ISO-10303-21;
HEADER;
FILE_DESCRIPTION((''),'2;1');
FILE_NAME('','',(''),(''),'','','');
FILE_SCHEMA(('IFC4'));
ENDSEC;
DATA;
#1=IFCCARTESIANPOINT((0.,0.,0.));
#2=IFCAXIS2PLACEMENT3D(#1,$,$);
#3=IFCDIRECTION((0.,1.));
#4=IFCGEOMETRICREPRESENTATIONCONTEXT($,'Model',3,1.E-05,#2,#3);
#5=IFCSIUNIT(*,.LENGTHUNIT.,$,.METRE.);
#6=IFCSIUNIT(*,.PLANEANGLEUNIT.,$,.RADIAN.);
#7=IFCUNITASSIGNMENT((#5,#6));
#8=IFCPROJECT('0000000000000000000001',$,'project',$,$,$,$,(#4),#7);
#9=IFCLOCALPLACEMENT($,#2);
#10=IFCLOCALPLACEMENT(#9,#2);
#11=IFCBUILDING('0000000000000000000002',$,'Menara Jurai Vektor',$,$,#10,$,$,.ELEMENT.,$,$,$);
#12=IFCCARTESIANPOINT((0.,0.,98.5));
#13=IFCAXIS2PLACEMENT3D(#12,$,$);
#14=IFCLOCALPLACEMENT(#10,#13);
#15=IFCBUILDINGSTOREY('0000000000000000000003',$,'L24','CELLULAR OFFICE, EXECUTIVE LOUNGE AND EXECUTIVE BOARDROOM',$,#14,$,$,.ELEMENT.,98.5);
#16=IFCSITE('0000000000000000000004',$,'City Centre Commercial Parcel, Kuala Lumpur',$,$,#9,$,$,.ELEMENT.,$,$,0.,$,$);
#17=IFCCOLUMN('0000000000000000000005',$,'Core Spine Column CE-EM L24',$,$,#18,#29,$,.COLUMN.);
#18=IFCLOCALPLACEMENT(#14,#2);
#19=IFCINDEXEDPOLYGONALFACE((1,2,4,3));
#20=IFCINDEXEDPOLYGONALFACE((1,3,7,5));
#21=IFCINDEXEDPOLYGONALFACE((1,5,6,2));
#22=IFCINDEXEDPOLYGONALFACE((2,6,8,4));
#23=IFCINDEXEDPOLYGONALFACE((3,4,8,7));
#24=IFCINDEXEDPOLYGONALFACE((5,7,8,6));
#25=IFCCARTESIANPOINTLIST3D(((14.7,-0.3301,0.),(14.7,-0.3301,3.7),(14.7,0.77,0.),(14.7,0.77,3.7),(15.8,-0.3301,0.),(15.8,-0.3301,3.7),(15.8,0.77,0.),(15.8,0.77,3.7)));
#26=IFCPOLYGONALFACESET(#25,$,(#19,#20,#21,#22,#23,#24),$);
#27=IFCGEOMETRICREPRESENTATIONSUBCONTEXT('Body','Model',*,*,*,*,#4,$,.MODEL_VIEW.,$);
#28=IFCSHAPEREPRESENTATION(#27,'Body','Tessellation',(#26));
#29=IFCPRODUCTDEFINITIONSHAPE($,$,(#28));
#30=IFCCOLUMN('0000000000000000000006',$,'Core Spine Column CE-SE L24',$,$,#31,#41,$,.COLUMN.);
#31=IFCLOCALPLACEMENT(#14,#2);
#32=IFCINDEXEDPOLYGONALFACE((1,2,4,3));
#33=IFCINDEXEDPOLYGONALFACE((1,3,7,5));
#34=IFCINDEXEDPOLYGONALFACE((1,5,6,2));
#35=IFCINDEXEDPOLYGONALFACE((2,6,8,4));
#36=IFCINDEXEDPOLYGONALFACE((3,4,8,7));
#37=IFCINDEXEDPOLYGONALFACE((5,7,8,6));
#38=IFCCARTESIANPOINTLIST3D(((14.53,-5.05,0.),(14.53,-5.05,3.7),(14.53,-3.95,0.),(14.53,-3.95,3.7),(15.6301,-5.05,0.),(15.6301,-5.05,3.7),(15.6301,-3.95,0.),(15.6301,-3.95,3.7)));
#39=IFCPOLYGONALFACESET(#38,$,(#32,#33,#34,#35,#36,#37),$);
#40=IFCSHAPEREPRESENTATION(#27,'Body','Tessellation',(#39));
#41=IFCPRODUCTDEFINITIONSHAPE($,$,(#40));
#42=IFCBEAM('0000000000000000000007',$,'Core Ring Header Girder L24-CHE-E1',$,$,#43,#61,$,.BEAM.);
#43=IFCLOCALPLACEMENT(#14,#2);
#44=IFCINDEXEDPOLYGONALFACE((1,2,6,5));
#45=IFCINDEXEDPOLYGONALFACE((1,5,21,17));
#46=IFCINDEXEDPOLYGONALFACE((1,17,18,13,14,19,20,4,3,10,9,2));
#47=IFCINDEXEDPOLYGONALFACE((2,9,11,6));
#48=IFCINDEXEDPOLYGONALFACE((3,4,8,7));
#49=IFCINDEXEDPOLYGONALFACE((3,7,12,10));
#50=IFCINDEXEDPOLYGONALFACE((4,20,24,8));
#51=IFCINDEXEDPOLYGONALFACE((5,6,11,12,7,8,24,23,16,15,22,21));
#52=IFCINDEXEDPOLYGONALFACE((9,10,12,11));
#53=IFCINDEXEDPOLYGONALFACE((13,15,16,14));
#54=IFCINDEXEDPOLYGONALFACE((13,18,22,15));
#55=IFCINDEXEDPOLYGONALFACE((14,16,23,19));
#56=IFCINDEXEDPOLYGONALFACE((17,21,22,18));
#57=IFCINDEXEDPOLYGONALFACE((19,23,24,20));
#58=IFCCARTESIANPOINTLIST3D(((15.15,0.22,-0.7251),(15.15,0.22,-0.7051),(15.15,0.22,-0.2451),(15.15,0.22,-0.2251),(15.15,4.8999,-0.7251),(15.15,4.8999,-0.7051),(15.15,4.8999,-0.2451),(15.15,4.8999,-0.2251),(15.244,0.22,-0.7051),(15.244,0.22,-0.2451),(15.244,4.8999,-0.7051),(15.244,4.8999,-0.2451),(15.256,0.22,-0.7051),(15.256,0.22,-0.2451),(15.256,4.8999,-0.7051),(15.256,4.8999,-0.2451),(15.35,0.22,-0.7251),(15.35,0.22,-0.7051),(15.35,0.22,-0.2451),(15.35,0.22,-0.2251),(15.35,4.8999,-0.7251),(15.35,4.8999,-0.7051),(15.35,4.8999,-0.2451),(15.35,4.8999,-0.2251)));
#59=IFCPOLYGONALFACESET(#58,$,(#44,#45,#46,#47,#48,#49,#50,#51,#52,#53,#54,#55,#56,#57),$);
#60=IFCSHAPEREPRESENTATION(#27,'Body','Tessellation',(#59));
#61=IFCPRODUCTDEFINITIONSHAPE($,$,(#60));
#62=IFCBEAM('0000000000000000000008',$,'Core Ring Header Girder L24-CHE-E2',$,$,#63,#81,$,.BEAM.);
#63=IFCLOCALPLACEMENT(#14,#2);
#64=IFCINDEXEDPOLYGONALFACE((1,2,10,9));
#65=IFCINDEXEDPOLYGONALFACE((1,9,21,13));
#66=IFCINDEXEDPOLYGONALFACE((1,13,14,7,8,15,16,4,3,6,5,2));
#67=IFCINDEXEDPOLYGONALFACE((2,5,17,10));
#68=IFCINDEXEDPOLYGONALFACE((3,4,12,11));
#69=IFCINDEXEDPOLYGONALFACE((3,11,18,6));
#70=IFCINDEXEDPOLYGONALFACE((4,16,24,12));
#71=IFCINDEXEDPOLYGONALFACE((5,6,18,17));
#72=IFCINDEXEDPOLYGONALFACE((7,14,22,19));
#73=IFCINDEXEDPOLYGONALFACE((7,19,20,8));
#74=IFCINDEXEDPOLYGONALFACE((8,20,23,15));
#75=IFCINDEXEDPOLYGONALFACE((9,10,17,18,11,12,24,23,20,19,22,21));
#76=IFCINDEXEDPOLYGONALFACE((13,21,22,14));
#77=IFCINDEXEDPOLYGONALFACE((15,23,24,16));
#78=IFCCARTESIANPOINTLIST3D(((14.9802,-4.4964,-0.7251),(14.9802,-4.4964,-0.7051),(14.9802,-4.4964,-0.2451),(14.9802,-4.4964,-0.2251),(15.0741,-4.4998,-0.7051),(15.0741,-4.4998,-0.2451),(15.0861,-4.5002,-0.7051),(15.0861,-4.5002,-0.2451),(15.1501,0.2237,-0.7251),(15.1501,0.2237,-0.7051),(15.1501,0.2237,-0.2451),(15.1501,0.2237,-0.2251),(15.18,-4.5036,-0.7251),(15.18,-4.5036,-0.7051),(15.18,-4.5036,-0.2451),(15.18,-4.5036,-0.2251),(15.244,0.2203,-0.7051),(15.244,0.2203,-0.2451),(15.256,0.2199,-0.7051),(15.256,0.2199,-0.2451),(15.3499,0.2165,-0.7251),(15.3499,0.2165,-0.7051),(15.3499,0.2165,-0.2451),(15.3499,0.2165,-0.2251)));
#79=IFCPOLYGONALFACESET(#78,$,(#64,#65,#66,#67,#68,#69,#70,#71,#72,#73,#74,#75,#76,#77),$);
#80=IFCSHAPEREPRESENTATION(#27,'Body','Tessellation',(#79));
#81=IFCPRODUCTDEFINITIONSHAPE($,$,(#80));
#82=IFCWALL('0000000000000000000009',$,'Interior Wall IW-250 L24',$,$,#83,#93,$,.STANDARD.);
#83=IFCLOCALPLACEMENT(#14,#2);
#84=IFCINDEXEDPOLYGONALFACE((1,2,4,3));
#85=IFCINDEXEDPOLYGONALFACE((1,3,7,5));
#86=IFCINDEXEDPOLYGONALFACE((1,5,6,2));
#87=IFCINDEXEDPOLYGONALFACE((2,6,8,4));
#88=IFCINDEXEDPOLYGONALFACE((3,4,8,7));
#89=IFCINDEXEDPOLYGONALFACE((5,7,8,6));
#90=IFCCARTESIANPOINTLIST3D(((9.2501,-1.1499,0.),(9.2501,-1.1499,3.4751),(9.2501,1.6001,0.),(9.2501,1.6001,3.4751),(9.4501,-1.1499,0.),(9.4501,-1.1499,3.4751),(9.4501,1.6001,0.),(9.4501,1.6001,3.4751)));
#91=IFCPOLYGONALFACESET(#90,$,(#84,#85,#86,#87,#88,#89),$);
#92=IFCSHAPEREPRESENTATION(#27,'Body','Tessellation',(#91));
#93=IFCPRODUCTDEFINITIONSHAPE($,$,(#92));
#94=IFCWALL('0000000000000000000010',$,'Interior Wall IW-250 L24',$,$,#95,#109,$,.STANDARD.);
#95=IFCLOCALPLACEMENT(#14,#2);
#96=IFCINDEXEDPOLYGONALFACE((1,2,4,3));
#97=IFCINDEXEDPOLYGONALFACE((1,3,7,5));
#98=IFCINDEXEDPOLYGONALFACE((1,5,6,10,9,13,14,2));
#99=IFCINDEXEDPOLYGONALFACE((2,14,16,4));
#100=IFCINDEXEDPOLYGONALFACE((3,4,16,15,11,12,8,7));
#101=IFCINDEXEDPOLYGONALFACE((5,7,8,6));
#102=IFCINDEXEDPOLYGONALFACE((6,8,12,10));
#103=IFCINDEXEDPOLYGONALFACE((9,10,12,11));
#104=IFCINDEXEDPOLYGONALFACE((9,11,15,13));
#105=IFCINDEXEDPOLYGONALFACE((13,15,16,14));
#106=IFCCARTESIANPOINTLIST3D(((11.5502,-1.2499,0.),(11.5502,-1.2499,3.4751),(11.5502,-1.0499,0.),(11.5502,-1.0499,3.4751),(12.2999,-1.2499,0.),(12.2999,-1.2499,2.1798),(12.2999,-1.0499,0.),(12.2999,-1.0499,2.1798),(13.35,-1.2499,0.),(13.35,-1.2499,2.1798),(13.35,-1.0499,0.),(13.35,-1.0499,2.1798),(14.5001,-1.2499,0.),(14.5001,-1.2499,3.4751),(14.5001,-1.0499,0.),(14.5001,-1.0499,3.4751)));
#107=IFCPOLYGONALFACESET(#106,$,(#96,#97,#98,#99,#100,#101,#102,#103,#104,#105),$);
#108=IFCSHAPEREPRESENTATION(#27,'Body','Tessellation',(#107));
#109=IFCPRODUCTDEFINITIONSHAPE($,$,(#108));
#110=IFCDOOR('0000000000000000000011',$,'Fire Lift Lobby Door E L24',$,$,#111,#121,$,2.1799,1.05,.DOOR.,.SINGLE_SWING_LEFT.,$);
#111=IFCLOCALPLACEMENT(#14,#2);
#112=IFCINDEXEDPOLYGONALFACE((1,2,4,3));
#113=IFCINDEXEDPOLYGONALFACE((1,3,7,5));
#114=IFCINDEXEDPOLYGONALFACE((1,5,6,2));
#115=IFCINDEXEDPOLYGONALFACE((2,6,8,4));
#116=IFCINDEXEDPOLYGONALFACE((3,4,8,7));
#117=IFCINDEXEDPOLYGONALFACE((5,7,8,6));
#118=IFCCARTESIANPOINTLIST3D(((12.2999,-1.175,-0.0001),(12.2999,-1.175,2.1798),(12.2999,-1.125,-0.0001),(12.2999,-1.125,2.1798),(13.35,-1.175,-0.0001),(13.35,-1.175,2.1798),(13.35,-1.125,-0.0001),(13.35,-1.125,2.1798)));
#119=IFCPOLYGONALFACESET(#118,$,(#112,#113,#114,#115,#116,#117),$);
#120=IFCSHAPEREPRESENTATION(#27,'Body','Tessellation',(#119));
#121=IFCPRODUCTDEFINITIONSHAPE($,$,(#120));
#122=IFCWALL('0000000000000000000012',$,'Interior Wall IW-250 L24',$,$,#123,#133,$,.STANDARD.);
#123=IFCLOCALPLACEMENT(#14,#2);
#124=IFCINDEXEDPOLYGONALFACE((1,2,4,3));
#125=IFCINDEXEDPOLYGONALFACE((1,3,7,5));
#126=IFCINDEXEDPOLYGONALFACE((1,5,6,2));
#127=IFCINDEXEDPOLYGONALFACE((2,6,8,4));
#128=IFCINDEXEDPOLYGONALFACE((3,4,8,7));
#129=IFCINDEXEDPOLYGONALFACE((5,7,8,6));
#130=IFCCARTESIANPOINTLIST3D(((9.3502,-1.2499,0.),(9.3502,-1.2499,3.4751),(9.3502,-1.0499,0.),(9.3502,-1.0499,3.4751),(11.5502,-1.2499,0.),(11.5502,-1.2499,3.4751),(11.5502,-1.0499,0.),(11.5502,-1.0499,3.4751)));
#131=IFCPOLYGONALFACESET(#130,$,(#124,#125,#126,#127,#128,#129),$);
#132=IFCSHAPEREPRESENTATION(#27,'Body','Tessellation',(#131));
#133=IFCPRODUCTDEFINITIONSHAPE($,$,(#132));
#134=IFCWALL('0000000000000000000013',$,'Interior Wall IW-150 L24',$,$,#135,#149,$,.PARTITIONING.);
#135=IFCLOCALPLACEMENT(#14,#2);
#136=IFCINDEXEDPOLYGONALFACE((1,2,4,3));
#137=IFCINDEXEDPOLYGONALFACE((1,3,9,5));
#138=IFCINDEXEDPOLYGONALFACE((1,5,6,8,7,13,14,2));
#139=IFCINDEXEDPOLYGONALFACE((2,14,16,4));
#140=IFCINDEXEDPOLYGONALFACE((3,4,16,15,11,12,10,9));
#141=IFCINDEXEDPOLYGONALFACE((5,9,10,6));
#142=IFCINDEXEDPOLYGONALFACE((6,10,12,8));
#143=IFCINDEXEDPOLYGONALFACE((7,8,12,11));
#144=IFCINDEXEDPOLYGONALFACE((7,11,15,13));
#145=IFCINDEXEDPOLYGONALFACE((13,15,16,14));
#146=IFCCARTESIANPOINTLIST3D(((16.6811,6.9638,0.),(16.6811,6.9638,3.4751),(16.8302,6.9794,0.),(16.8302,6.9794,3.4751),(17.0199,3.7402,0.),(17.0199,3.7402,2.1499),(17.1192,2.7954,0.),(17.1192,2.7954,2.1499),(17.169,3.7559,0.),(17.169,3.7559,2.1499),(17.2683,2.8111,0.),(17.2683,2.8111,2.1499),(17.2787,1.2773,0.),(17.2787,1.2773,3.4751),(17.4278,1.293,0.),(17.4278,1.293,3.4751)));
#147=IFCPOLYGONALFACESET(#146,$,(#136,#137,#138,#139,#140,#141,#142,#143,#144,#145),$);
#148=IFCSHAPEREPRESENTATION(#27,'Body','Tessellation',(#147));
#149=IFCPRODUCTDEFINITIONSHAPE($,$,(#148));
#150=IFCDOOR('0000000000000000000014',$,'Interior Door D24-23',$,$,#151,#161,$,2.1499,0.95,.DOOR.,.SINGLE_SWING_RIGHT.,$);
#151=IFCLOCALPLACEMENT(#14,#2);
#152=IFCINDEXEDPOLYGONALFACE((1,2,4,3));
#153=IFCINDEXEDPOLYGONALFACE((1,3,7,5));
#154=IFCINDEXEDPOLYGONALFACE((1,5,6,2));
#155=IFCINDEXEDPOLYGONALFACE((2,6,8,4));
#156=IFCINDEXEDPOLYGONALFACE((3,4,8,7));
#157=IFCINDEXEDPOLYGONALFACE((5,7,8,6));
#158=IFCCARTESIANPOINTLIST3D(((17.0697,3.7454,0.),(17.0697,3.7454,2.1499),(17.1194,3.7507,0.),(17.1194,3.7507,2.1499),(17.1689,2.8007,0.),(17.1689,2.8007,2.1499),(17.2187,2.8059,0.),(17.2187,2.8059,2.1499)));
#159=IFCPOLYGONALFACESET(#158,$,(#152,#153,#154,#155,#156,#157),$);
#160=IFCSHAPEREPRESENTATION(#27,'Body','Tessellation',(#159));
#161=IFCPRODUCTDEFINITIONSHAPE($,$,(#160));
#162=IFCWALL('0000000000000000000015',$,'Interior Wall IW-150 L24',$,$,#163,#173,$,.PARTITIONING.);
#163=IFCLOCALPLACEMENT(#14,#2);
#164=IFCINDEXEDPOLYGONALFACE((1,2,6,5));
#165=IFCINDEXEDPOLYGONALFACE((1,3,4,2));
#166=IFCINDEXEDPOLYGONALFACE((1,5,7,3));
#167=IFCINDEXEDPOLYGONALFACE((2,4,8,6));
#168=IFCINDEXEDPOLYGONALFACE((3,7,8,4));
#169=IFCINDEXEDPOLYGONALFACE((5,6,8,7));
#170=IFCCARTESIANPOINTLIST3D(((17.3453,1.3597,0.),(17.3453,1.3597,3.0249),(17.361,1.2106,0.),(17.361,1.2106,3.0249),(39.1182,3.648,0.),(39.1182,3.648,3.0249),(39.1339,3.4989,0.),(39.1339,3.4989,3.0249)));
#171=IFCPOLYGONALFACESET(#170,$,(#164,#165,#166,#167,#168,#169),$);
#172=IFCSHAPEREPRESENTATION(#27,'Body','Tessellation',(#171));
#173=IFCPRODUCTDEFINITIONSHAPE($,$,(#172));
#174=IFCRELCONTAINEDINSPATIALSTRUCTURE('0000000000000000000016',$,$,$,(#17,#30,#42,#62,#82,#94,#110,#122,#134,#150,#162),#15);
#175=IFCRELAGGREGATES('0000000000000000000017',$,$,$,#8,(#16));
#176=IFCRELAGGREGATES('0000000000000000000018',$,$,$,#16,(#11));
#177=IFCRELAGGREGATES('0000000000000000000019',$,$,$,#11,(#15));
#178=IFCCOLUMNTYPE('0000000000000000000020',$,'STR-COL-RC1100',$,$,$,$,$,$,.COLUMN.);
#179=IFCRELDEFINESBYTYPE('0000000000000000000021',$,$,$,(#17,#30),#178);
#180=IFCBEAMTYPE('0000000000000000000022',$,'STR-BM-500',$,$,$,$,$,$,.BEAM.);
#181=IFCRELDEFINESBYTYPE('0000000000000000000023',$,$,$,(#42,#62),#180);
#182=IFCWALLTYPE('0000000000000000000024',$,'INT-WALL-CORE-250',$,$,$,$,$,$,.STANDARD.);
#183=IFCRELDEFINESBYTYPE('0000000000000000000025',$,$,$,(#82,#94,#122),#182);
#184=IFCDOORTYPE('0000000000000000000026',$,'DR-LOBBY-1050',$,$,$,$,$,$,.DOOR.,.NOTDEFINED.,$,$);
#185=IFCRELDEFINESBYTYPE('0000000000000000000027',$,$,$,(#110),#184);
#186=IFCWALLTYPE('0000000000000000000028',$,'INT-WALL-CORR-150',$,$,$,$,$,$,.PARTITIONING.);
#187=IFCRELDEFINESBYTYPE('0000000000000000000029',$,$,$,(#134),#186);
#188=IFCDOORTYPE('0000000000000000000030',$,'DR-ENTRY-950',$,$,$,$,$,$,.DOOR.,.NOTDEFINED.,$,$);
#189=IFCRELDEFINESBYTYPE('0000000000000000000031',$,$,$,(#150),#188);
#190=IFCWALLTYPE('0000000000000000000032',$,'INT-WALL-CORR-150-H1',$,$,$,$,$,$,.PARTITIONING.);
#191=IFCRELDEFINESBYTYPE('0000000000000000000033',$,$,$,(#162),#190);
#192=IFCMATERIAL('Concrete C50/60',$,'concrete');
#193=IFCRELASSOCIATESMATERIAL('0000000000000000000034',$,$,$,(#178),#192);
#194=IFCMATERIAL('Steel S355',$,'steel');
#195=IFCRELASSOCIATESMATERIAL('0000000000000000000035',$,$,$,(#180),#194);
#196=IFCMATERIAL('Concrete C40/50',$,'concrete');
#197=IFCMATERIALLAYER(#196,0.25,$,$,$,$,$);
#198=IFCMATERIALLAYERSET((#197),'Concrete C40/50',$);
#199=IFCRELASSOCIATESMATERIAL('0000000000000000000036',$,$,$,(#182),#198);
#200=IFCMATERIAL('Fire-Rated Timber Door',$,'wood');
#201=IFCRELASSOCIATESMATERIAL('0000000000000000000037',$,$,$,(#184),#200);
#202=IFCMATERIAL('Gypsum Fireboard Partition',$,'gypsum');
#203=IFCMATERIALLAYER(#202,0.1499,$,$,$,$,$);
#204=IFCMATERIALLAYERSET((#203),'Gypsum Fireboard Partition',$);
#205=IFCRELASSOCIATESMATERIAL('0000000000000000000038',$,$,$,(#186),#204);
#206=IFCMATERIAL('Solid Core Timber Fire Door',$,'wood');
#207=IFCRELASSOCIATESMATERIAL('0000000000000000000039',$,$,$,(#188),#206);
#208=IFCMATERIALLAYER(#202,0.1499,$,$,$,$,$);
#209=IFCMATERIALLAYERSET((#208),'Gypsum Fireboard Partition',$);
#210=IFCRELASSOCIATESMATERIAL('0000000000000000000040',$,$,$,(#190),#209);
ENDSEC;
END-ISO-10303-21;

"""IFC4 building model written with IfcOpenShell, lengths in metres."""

from ifc_helpers import new_model, si_unit, direction, frame, frame_2d, origin, origin_2d, place, context, subcontext, project, spatial, rectangle, i_section, extrude, material, layer, layer_set, material_profile, profile_set, type_object, element, fill, save


model = new_model("IFC4")

# Units and contexts
model_context = context("Model", 3, precision=1e-05, world=origin(), true_north=direction((0.0, 1.0)))
body_context = subcontext(model_context, "Body", "Model", "MODEL_VIEW")
ifc_project = project(units=[si_unit("LENGTHUNIT", "METRE"), si_unit("PLANEANGLEUNIT", "RADIAN")], contexts=[model_context])

# Site, building, storey
site_placement = place(None, origin())
site = spatial("IfcSite", under=ifc_project, at=site_placement, Name="City Centre Commercial Parcel, Kuala Lumpur", CompositionType="ELEMENT", RefElevation=0.0)
building_placement = place(site_placement, origin())
building = spatial("IfcBuilding", under=site, at=building_placement, Name="Menara Jurai Vektor", CompositionType="ELEMENT")
storey_placement = place(building_placement, frame((0.0, 0.0, 98.5)))
storey = spatial("IfcBuildingStorey", under=building, at=storey_placement, Name="L24", Description="CELLULAR OFFICE, EXECUTIVE LOUNGE AND EXECUTIVE BOARDROOM", CompositionType="ELEMENT", Elevation=98.5)

# Columns
ifc_material_1 = material(Name="Concrete C50/60", Category="concrete")
ifc_material_profile_1 = material_profile(ifc_material_1, rectangle(XDim=1.1001, YDim=1.1001, at=origin_2d()), Name="RC 1100x1100")
ifc_profile_set_1 = profile_set([ifc_material_profile_1], Name="Concrete C50/60")
column_type = type_object("IfcColumnType", Name="STR-COL-RC1100", PredefinedType="COLUMN", material=ifc_profile_set_1)
for number, where, z_axis, x_axis, name in (
    (1, (15.25, 0.22, 0.0), (0.0, 0.0, 1.0), (1.0, 0.0, 0.0), "Core Spine Column CE-EM L24"),
    (2, (15.0801, -4.5, 0.0), (0.0, 0.0, 1.0), (1.0, 0.0, 0.0), "Core Spine Column CE-SE L24"),
):
    element("IfcColumn", number, at=place(storey_placement, frame(where, z_axis=z_axis, x_axis=x_axis)), inside=storey, type_object=column_type, Name=name, PredefinedType="COLUMN", context=body_context, shape_type="SweptSolid", body=[
        extrude(rectangle(XDim=1.1001, YDim=1.1001, at=origin_2d()), origin(), (0.0, 0.0, 1.0), 3.7),
    ])

# Beams
ifc_material_2 = material(Name="Steel S355", Category="steel")
ifc_material_profile_2 = material_profile(ifc_material_2, i_section(OverallWidth=0.2, OverallDepth=0.5, WebThickness=0.012, FlangeThickness=0.02, at=origin_2d()), Name="PG 500x200x96")
ifc_profile_set_2 = profile_set([ifc_material_profile_2], Name="Steel S355")
beam_type = type_object("IfcBeamType", Name="STR-BM-500", PredefinedType="BEAM", material=ifc_profile_set_2)
beam_1_placement = place(storey_placement, frame((15.25, 0.22, -0.4751), z_axis=(0.0, 1.0, 0.0), x_axis=(-1.0, 0.0, 0.0)))
element("IfcBeam", 3, at=beam_1_placement, inside=storey, type_object=beam_type, Name="Core Ring Header Girder L24-CHE-E1", PredefinedType="BEAM", context=body_context, shape_type="SweptSolid", body=[
    extrude(i_section(OverallWidth=0.2, OverallDepth=0.5, WebThickness=0.012, FlangeThickness=0.02, at=origin_2d()), origin(), (0.0, 0.0, 1.0), 4.6799),
])
beam_2_placement = place(storey_placement, frame((15.0801, -4.5, -0.4751), z_axis=(0.035977, 0.999353, 0.0), x_axis=(-0.999353, 0.035977, 0.0)))
element("IfcBeam", 4, at=beam_2_placement, inside=storey, type_object=beam_type, Name="Core Ring Header Girder L24-CHE-E2", PredefinedType="BEAM", context=body_context, shape_type="SweptSolid", body=[
    extrude(i_section(OverallWidth=0.2, OverallDepth=0.5, WebThickness=0.012, FlangeThickness=0.02, at=origin_2d()), origin(), (0.0, 0.0, 1.0), 4.7231),
])

# Shared definitions
ifc_material_3 = material(Name="Concrete C40/50", Category="concrete")
ifc_layer_1 = layer(ifc_material_3, 0.25)
ifc_layer_set_1 = layer_set([ifc_layer_1], Name="Concrete C40/50")
wall_type_1 = type_object("IfcWallType", Name="INT-WALL-CORE-250", PredefinedType="STANDARD", material=ifc_layer_set_1)

# Wall
wall_1_placement = place(storey_placement, frame((9.3501, -1.1499, 0.0), z_axis=(0.0, 0.0, 1.0), x_axis=(0.0, 1.0, 0.0)))
element("IfcWall", 5, at=wall_1_placement, inside=storey, type_object=wall_type_1, Name="Interior Wall IW-250 L24", PredefinedType="STANDARD", context=body_context, shape_type="SweptSolid", body=[
    extrude(rectangle(XDim=2.75, YDim=0.2, at=frame_2d((1.375, 0.0))), origin(), (0.0, 0.0, 1.0), 3.4751),
])

# Wall, opening, door
wall_2_placement = place(storey_placement, frame((11.55, -1.1499, 0.0), z_axis=(0.0, 0.0, 1.0), x_axis=(1.0, 0.0, 0.0)))
wall_2 = element("IfcWall", 6, at=wall_2_placement, inside=storey, type_object=wall_type_1, Name="Interior Wall IW-250 L24", PredefinedType="STANDARD", context=body_context, shape_type="SweptSolid", body=[
    extrude(rectangle(XDim=2.95, YDim=0.2, at=frame_2d((1.4751, 0.0))), origin(), (0.0, 0.0, 1.0), 3.4751),
])
opening_1_placement = place(wall_2_placement, frame((0.75, 0.0, 0.0)))
opening_1 = element("IfcOpeningElement", 7, at=opening_1_placement, cuts=wall_2, PredefinedType="OPENING", context=body_context, shape_type="SweptSolid", body=[
    extrude(rectangle(XDim=1.05, YDim=2.1799, at=frame_2d((0.5249, 1.0898))), frame((0.0, 0.1099, 0.0), z_axis=(0.0, -1.0, 0.0), x_axis=(1.0, 0.0, 0.0)), (0.0, 0.0, 1.0), 0.22),
])
ifc_material_4 = material(Name="Fire-Rated Timber Door", Category="wood")
door_type_1 = type_object("IfcDoorType", Name="DR-LOBBY-1050", OperationType="NOTDEFINED", PredefinedType="DOOR", material=ifc_material_4)
door_1_placement = place(opening_1_placement, origin())
door_1 = element("IfcDoor", 8, at=door_1_placement, inside=storey, type_object=door_type_1, Name="Fire Lift Lobby Door E L24", OperationType="SINGLE_SWING_LEFT", OverallHeight=2.1799, OverallWidth=1.05, PredefinedType="DOOR", context=body_context, shape_type="SweptSolid", body=[
    extrude(rectangle(XDim=1.05, YDim=2.1799, at=frame_2d((0.5249, 1.0898))), frame((0.0, 0.0249, 0.0), z_axis=(0.0, -1.0, 0.0), x_axis=(1.0, 0.0, 0.0)), (0.0, 0.0, 1.0), 0.05),
])
fill(opening_1, door_1)

# Wall
wall_3_placement = place(storey_placement, frame((9.3501, -1.1499, 0.0), z_axis=(0.0, 0.0, 1.0), x_axis=(1.0, 0.0, 0.0)))
element("IfcWall", 9, at=wall_3_placement, inside=storey, type_object=wall_type_1, Name="Interior Wall IW-250 L24", PredefinedType="STANDARD", context=body_context, shape_type="SweptSolid", body=[
    extrude(rectangle(XDim=2.2, YDim=0.2, at=frame_2d((1.1001, 0.0))), origin(), (0.0, 0.0, 1.0), 3.4751),
])

# Wall, opening, door
ifc_material_5 = material(Name="Gypsum Fireboard Partition", Category="gypsum")
ifc_layer_2 = layer(ifc_material_5, 0.1499)
ifc_layer_set_2 = layer_set([ifc_layer_2], Name="Gypsum Fireboard Partition")
wall_type_2 = type_object("IfcWallType", Name="INT-WALL-CORR-150", PredefinedType="PARTITIONING", material=ifc_layer_set_2)
wall_4_placement = place(storey_placement, frame((17.3533, 1.2852, 0.0), z_axis=(0.0, 0.0, 1.0), x_axis=(-0.104525, 0.994522, 0.0)))
wall_4 = element("IfcWall", 10, at=wall_4_placement, inside=storey, type_object=wall_type_2, Name="Interior Wall IW-150 L24", PredefinedType="PARTITIONING", context=body_context, shape_type="SweptSolid", body=[
    extrude(rectangle(XDim=5.7178, YDim=0.1499, at=frame_2d((2.8589, 0.0))), origin(), (0.0, 0.0, 1.0), 3.4751),
])
opening_2_placement = place(wall_4_placement, frame((1.5264, 0.0, 0.0)))
opening_2 = element("IfcOpeningElement", 11, at=opening_2_placement, cuts=wall_4, PredefinedType="OPENING", context=body_context, shape_type="SweptSolid", body=[
    extrude(rectangle(XDim=0.95, YDim=2.1499, at=frame_2d((0.4751, 1.075))), frame((0.0, 0.085, 0.0), z_axis=(0.0, -1.0, 0.0), x_axis=(1.0, 0.0, 0.0)), (0.0, 0.0, 1.0), 0.1699),
])
ifc_material_6 = material(Name="Solid Core Timber Fire Door", Category="wood")
door_type_2 = type_object("IfcDoorType", Name="DR-ENTRY-950", OperationType="NOTDEFINED", PredefinedType="DOOR", material=ifc_material_6)
door_2_placement = place(opening_2_placement, origin())
door_2 = element("IfcDoor", 12, at=door_2_placement, inside=storey, type_object=door_type_2, Name="Interior Door D24-23", OperationType="SINGLE_SWING_RIGHT", OverallHeight=2.1499, OverallWidth=0.95, PredefinedType="DOOR", context=body_context, shape_type="SweptSolid", body=[
    extrude(rectangle(XDim=0.95, YDim=2.1499, at=frame_2d((0.4751, 1.075))), frame((0.0, 0.0249, 0.0), z_axis=(0.0, -1.0, 0.0), x_axis=(1.0, 0.0, 0.0)), (0.0, 0.0, 1.0), 0.05),
])
fill(opening_2, door_2)

# Wall
ifc_layer_3 = layer(ifc_material_5, 0.1499)
ifc_layer_set_3 = layer_set([ifc_layer_3], Name="Gypsum Fireboard Partition")
wall_type_3 = type_object("IfcWallType", Name="INT-WALL-CORR-150-H1", PredefinedType="PARTITIONING", material=ifc_layer_set_3)
wall_5_placement = place(storey_placement, frame((17.3533, 1.2852, 0.0), z_axis=(0.0, 0.0, 1.0), x_axis=(0.994522, 0.104524, 0.0)))
element("IfcWall", 13, at=wall_5_placement, inside=storey, type_object=wall_type_3, Name="Interior Wall IW-150 L24", PredefinedType="PARTITIONING", context=body_context, shape_type="SweptSolid", body=[
    extrude(rectangle(XDim=21.8928, YDim=0.1499, at=frame_2d((10.9463, 0.0))), origin(), (0.0, 0.0, 1.0), 3.0249),
])

save(model, "model.ifc")
